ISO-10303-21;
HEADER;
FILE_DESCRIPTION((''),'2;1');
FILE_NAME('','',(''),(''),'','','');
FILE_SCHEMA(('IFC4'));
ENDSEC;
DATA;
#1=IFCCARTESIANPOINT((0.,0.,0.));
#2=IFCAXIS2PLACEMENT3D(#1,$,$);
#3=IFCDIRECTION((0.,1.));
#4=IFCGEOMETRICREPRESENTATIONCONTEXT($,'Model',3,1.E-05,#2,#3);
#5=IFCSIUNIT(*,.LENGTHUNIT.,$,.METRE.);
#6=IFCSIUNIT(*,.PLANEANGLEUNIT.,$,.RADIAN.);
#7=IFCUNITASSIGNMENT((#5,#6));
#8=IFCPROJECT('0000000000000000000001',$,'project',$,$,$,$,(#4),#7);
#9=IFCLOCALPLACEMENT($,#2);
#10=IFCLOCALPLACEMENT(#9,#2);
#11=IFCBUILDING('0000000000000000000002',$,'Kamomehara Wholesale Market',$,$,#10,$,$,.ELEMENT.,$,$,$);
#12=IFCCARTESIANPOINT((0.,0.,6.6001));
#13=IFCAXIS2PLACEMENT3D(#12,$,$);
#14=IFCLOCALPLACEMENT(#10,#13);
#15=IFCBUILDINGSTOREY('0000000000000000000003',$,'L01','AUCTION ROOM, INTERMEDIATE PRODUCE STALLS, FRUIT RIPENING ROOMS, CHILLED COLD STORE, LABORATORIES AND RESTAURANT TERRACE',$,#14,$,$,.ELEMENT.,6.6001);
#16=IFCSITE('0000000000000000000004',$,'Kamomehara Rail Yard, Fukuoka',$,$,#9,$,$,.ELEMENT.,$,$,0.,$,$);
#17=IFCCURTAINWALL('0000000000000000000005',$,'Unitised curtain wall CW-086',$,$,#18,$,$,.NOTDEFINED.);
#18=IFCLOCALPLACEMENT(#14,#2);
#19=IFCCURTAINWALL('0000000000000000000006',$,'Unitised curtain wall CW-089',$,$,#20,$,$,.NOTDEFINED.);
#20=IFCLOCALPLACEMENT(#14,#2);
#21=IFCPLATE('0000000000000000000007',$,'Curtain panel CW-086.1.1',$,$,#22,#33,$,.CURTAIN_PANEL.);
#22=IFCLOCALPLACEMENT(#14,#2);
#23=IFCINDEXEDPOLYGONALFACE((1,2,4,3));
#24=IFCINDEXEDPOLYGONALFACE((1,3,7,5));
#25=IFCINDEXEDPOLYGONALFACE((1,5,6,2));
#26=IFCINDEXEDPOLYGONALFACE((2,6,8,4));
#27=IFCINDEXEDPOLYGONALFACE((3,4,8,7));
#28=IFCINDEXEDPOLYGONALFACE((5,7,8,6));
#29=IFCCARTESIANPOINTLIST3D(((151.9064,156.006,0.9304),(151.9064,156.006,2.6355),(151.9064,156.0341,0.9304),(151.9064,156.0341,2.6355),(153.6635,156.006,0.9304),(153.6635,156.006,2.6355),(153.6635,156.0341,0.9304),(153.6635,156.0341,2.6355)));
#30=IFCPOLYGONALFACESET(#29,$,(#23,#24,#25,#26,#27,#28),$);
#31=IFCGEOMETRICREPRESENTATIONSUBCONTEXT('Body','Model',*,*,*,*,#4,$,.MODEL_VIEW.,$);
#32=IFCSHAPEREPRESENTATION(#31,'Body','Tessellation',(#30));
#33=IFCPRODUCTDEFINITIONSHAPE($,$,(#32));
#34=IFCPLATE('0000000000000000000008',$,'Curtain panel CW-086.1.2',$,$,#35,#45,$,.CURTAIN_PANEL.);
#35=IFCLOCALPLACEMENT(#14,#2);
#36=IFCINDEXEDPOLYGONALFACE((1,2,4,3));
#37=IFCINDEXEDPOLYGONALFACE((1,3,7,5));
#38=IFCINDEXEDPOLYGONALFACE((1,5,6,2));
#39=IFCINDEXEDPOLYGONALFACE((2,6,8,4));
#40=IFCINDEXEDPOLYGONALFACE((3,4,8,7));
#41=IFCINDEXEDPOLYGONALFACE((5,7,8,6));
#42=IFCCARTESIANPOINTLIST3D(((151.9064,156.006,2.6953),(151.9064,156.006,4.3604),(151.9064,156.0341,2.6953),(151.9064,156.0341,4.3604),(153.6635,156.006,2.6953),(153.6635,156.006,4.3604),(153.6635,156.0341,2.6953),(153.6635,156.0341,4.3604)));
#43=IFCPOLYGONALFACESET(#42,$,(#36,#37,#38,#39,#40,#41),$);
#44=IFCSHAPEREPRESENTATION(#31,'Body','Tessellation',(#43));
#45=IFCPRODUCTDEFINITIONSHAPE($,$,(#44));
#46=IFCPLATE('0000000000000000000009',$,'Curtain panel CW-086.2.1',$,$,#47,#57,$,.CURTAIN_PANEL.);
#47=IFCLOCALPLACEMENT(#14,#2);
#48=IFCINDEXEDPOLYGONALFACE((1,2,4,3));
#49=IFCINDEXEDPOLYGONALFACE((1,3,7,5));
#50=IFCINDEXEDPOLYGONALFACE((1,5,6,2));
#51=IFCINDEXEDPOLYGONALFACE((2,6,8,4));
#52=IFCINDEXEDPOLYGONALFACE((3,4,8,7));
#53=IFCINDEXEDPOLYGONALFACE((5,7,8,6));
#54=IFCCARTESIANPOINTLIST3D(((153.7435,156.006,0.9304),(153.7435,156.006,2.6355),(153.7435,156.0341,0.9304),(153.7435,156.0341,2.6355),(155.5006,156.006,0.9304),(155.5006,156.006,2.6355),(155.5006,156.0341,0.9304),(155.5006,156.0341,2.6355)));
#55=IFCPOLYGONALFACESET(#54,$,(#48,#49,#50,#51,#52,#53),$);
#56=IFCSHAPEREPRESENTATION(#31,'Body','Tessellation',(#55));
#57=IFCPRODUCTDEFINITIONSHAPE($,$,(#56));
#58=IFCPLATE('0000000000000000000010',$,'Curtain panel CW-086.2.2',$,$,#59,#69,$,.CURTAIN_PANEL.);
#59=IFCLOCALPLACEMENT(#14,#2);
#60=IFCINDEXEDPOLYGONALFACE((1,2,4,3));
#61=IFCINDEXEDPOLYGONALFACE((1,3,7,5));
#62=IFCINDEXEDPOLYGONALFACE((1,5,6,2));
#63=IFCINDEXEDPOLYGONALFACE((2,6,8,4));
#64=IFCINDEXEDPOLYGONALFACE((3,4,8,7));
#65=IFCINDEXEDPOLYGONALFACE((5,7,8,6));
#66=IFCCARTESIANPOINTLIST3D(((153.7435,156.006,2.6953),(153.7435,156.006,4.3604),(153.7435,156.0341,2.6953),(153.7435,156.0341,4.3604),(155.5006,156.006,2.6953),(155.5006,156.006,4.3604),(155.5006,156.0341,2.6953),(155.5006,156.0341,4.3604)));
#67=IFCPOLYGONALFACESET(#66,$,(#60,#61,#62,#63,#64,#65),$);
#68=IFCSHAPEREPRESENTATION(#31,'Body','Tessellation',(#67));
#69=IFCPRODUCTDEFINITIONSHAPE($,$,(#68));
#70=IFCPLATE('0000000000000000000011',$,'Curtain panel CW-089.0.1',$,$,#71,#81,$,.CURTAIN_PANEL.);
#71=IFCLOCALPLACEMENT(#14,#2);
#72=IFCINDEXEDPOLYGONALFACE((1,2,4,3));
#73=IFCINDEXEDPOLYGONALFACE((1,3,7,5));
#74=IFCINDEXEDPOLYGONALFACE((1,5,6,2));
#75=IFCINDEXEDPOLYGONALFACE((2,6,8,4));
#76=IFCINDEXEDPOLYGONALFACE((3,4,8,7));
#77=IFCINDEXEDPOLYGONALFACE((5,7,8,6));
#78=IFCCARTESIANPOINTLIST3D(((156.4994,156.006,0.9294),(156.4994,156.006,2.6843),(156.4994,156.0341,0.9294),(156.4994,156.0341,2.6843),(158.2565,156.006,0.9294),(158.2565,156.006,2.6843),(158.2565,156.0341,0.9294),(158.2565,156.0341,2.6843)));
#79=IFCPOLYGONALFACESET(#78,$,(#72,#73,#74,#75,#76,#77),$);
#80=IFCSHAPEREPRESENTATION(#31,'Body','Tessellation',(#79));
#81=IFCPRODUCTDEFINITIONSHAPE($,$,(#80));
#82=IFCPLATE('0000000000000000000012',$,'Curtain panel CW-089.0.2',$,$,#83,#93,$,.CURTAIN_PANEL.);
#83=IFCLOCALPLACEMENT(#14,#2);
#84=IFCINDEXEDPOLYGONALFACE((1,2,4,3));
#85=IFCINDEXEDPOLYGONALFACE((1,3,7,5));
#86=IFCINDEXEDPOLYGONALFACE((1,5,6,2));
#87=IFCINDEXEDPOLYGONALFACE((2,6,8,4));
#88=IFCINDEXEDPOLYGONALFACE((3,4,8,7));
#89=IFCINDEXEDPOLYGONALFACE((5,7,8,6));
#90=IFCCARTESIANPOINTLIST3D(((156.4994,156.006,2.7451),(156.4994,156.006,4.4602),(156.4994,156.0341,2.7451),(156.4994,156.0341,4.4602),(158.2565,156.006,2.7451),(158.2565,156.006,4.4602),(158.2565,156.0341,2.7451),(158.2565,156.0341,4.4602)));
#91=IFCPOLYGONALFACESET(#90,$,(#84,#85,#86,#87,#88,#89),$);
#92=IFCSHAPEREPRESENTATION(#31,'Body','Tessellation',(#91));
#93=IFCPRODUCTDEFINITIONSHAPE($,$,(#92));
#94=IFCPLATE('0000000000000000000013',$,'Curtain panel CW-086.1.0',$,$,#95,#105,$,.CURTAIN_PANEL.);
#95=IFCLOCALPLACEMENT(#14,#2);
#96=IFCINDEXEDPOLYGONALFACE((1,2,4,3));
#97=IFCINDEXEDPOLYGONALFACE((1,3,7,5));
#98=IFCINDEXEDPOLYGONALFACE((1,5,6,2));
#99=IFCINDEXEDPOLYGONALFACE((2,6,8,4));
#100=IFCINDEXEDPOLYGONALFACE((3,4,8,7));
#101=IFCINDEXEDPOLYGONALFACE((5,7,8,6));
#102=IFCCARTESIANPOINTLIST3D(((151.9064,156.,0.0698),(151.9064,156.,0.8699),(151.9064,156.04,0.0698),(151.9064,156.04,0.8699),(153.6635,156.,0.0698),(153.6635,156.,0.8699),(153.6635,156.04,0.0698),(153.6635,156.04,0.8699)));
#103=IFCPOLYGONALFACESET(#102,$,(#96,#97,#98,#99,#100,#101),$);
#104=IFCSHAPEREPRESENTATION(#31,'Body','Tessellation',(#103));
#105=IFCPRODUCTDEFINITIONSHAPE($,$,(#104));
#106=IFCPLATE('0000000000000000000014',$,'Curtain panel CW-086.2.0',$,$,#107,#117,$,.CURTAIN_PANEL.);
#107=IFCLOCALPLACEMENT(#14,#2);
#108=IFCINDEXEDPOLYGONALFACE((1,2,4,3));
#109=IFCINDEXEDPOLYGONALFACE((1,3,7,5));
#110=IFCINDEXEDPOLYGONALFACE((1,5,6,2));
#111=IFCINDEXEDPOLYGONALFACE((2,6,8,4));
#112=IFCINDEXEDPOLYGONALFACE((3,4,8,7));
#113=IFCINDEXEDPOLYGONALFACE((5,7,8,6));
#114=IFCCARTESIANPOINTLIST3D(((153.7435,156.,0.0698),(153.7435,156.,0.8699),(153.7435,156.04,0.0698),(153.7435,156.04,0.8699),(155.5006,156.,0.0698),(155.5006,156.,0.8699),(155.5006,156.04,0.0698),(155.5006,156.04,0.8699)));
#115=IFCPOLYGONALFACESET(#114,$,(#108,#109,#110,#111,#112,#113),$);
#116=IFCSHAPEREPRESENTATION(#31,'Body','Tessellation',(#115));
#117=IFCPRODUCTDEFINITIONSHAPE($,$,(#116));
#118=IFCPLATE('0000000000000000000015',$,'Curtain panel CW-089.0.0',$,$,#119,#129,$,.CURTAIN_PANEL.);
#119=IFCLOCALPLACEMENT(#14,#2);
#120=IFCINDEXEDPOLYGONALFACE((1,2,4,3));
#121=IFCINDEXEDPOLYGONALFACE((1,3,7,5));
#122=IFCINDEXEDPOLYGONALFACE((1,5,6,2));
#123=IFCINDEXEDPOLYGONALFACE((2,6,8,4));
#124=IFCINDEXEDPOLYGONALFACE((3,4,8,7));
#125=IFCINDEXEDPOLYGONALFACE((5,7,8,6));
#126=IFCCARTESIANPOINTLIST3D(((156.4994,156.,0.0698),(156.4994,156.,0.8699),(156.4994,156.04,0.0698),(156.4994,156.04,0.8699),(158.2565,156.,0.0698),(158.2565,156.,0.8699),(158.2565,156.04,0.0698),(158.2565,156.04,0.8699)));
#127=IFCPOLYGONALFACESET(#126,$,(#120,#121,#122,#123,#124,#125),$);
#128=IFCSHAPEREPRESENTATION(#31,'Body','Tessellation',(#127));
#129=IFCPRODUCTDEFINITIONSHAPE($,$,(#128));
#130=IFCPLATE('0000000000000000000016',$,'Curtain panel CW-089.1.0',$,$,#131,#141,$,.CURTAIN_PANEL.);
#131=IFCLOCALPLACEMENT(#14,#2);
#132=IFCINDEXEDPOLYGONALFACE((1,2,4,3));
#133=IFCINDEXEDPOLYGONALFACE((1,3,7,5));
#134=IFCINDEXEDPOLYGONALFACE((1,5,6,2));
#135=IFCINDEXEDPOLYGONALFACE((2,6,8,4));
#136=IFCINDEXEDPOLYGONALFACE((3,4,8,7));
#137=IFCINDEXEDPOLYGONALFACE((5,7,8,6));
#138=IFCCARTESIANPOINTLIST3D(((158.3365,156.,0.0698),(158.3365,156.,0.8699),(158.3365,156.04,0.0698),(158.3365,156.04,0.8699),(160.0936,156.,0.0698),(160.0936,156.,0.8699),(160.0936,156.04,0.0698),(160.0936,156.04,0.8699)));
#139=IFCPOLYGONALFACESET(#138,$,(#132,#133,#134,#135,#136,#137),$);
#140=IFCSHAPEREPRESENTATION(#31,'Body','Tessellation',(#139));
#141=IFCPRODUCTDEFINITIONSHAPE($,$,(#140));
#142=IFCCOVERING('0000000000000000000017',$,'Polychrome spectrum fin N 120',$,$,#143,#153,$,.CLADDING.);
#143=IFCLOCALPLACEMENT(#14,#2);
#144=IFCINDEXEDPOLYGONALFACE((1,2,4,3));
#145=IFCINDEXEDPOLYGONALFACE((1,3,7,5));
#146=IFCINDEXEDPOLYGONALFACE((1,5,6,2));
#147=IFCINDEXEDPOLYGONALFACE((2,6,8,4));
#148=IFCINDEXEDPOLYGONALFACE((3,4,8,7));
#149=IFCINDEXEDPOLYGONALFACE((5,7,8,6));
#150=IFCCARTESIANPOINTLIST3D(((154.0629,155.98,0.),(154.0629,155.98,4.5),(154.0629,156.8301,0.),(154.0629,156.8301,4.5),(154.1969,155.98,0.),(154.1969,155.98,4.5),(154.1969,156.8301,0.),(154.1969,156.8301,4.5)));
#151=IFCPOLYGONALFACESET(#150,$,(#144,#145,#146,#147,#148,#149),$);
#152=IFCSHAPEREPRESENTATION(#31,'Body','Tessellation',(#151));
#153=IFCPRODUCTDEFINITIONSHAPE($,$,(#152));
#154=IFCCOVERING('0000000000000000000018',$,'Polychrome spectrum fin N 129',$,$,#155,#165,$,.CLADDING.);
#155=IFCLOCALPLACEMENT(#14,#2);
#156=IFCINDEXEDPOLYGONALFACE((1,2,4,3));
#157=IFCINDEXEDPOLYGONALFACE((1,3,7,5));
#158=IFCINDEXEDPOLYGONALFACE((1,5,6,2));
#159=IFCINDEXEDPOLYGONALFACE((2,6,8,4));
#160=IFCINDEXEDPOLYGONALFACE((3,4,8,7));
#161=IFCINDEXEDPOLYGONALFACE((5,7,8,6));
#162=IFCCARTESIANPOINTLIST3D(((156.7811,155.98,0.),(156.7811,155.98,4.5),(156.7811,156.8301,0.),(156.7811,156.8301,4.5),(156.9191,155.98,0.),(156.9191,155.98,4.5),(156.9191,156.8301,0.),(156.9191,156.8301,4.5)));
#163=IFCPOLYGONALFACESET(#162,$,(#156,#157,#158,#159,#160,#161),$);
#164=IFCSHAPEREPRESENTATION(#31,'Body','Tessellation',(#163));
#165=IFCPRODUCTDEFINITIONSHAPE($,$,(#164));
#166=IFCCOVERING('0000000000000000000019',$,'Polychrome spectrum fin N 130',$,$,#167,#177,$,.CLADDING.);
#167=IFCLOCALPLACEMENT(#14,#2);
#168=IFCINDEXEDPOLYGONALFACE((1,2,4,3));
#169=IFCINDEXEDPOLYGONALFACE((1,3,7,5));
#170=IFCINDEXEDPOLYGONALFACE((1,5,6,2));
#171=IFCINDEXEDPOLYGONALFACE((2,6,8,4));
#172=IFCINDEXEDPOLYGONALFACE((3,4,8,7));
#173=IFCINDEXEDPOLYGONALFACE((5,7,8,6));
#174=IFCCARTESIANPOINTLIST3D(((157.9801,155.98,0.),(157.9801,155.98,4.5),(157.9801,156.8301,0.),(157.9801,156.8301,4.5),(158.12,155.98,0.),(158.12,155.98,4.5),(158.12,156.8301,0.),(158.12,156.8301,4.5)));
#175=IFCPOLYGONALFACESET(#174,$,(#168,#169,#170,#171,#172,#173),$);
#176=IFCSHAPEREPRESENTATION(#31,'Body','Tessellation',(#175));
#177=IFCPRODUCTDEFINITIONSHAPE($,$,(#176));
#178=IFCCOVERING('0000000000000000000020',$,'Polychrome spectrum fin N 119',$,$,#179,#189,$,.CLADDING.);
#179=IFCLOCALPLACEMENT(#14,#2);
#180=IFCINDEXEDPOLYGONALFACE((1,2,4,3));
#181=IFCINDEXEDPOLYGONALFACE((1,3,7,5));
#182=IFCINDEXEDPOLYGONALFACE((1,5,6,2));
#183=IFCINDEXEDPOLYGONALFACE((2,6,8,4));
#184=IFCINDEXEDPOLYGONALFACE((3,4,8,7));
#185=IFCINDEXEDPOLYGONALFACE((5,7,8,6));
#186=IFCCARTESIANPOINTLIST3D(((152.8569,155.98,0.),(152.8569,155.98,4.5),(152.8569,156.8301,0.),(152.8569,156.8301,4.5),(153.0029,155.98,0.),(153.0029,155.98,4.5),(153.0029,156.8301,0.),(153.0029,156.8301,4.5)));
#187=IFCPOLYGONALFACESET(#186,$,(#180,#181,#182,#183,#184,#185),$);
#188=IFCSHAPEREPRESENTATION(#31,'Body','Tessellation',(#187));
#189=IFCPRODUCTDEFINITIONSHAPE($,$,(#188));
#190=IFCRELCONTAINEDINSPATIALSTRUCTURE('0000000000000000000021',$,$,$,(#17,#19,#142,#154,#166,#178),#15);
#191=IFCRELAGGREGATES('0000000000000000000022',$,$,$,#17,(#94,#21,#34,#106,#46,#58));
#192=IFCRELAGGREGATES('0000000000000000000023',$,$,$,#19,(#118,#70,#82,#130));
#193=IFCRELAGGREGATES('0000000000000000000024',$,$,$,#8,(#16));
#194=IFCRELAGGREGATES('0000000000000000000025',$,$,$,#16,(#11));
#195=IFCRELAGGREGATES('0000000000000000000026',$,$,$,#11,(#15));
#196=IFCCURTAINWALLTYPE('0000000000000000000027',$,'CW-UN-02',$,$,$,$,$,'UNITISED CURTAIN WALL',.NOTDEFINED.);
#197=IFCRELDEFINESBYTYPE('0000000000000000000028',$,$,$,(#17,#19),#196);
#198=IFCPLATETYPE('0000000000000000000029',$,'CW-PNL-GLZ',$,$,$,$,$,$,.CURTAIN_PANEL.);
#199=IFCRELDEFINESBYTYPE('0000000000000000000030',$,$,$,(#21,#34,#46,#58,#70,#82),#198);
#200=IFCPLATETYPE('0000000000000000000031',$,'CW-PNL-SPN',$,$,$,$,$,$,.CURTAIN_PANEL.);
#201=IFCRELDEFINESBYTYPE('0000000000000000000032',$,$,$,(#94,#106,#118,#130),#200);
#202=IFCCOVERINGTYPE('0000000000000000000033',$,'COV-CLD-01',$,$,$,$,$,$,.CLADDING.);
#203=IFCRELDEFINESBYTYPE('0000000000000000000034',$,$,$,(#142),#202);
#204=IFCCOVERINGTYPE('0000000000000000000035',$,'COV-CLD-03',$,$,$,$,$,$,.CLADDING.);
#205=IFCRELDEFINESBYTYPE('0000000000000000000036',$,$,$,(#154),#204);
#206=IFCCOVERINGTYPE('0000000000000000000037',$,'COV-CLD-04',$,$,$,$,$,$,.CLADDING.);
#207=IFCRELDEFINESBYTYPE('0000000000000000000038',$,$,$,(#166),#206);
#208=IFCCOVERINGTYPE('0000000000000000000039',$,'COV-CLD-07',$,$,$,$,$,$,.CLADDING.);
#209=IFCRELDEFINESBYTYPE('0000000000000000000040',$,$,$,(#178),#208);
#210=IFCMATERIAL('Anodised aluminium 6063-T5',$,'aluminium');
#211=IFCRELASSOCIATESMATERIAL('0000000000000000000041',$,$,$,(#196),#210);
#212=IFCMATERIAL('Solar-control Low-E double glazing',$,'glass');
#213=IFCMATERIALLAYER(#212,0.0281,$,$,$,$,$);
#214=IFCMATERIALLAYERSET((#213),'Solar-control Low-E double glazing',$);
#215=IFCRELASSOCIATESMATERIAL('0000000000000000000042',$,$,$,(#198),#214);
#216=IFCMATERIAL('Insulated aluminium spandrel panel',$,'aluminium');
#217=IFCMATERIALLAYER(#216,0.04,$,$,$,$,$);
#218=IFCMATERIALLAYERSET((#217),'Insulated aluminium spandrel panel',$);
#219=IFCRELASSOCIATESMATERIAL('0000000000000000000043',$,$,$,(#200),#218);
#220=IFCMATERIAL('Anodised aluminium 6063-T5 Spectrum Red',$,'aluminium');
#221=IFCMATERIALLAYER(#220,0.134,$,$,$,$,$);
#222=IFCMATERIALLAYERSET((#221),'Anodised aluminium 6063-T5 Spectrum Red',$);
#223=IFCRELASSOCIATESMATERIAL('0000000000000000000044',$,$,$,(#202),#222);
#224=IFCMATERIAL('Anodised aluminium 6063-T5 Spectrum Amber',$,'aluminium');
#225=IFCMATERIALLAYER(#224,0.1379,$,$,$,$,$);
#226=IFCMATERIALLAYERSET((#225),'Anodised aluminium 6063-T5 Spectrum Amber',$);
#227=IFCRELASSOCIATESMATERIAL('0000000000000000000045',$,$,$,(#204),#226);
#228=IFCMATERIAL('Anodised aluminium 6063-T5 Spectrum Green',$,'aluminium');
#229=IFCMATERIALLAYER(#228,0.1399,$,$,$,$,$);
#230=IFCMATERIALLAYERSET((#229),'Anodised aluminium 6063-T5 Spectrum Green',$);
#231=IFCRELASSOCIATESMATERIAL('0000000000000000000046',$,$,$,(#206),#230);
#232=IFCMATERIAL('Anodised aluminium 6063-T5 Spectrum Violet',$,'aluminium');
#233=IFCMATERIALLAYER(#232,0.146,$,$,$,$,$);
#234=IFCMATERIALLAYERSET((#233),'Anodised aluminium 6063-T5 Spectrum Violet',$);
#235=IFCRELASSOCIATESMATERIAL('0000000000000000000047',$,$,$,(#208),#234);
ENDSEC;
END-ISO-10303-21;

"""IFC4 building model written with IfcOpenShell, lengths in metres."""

from ifc_helpers import new_model, si_unit, direction, frame, origin, origin_2d, place, context, subcontext, project, spatial, rectangle, extrude, material, layer, layer_set, type_object, element, aggregate, save


model = new_model("IFC4")

# Units and contexts
model_context = context("Model", 3, precision=1e-05, world=origin(), true_north=direction((0.0, 1.0)))
body_context = subcontext(model_context, "Body", "Model", "MODEL_VIEW")
ifc_project = project(units=[si_unit("LENGTHUNIT", "METRE"), si_unit("PLANEANGLEUNIT", "RADIAN")], contexts=[model_context])

# Site, building, storey
site_placement = place(None, origin())
site = spatial("IfcSite", under=ifc_project, at=site_placement, Name="Kamomehara Rail Yard, Fukuoka", CompositionType="ELEMENT", RefElevation=0.0)
building_placement = place(site_placement, origin())
building = spatial("IfcBuilding", under=site, at=building_placement, Name="Kamomehara Wholesale Market", CompositionType="ELEMENT")
storey_placement = place(building_placement, frame((0.0, 0.0, 6.6001)))
storey = spatial("IfcBuildingStorey", under=building, at=storey_placement, Name="L01", Description="AUCTION ROOM, INTERMEDIATE PRODUCE STALLS, FRUIT RIPENING ROOMS, CHILLED COLD STORE, LABORATORIES AND RESTAURANT TERRACE", CompositionType="ELEMENT", Elevation=6.6001)

# Curtain walls
ifc_material_1 = material(Name="Anodised aluminium 6063-T5", Category="aluminium")
curtain_wall_type = type_object("IfcCurtainWallType", Name="CW-UN-02", ElementType="UNITISED CURTAIN WALL", PredefinedType="NOTDEFINED", material=ifc_material_1)
curtain_wall_1_placement = place(storey_placement, origin())
curtain_wall_1 = element("IfcCurtainWall", 1, at=curtain_wall_1_placement, inside=storey, type_object=curtain_wall_type, Name="Unitised curtain wall CW-086", PredefinedType="NOTDEFINED")
curtain_wall_2_placement = place(storey_placement, origin())
curtain_wall_2 = element("IfcCurtainWall", 2, at=curtain_wall_2_placement, inside=storey, type_object=curtain_wall_type, Name="Unitised curtain wall CW-089", PredefinedType="NOTDEFINED")

# Plates
ifc_material_2 = material(Name="Solar-control Low-E double glazing", Category="glass")
ifc_layer_1 = layer(ifc_material_2, 0.0281)
ifc_layer_set_1 = layer_set([ifc_layer_1], Name="Solar-control Low-E double glazing")
plate_type_1 = type_object("IfcPlateType", Name="CW-PNL-GLZ", PredefinedType="CURTAIN_PANEL", material=ifc_layer_set_1)
plate_1_placement = place(storey_placement, frame((152.7849, 156.02, 0.9304), z_axis=(0.0, 0.0, 1.0), x_axis=(1.0, 0.0, 0.0)))
plate_1 = element("IfcPlate", 3, at=plate_1_placement, type_object=plate_type_1, Name="Curtain panel CW-086.1.1", PredefinedType="CURTAIN_PANEL", context=body_context, shape_type="SweptSolid", body=[
    extrude(rectangle(XDim=1.7571, YDim=0.0281, at=origin_2d()), origin(), (0.0, 0.0, 1.0), 1.7051),
])
plate_2_placement = place(storey_placement, frame((152.7849, 156.02, 2.6953), z_axis=(0.0, 0.0, 1.0), x_axis=(1.0, 0.0, 0.0)))
plate_2 = element("IfcPlate", 4, at=plate_2_placement, type_object=plate_type_1, Name="Curtain panel CW-086.1.2", PredefinedType="CURTAIN_PANEL", context=body_context, shape_type="SweptSolid", body=[
    extrude(rectangle(XDim=1.7571, YDim=0.0281, at=origin_2d()), origin(), (0.0, 0.0, 1.0), 1.665),
])
plate_3_placement = place(storey_placement, frame((154.6221, 156.02, 0.9304), z_axis=(0.0, 0.0, 1.0), x_axis=(1.0, 0.0, 0.0)))
plate_3 = element("IfcPlate", 5, at=plate_3_placement, type_object=plate_type_1, Name="Curtain panel CW-086.2.1", PredefinedType="CURTAIN_PANEL", context=body_context, shape_type="SweptSolid", body=[
    extrude(rectangle(XDim=1.7571, YDim=0.0281, at=origin_2d()), origin(), (0.0, 0.0, 1.0), 1.7051),
])
plate_4_placement = place(storey_placement, frame((154.6221, 156.02, 2.6953), z_axis=(0.0, 0.0, 1.0), x_axis=(1.0, 0.0, 0.0)))
plate_4 = element("IfcPlate", 6, at=plate_4_placement, type_object=plate_type_1, Name="Curtain panel CW-086.2.2", PredefinedType="CURTAIN_PANEL", context=body_context, shape_type="SweptSolid", body=[
    extrude(rectangle(XDim=1.7571, YDim=0.0281, at=origin_2d()), origin(), (0.0, 0.0, 1.0), 1.665),
])
plate_5_placement = place(storey_placement, frame((157.3779, 156.02, 0.9294), z_axis=(0.0, 0.0, 1.0), x_axis=(1.0, 0.0, 0.0)))
plate_5 = element("IfcPlate", 7, at=plate_5_placement, type_object=plate_type_1, Name="Curtain panel CW-089.0.1", PredefinedType="CURTAIN_PANEL", context=body_context, shape_type="SweptSolid", body=[
    extrude(rectangle(XDim=1.7571, YDim=0.0281, at=origin_2d()), origin(), (0.0, 0.0, 1.0), 1.7549),
])
plate_6_placement = place(storey_placement, frame((157.3779, 156.02, 2.7451), z_axis=(0.0, 0.0, 1.0), x_axis=(1.0, 0.0, 0.0)))
plate_6 = element("IfcPlate", 8, at=plate_6_placement, type_object=plate_type_1, Name="Curtain panel CW-089.0.2", PredefinedType="CURTAIN_PANEL", context=body_context, shape_type="SweptSolid", body=[
    extrude(rectangle(XDim=1.7571, YDim=0.0281, at=origin_2d()), origin(), (0.0, 0.0, 1.0), 1.7151),
])
ifc_material_3 = material(Name="Insulated aluminium spandrel panel", Category="aluminium")
ifc_layer_2 = layer(ifc_material_3, 0.04)
ifc_layer_set_2 = layer_set([ifc_layer_2], Name="Insulated aluminium spandrel panel")
plate_type_2 = type_object("IfcPlateType", Name="CW-PNL-SPN", PredefinedType="CURTAIN_PANEL", material=ifc_layer_set_2)
plate_7_placement = place(storey_placement, frame((152.7849, 156.02, 0.0698), z_axis=(0.0, 0.0, 1.0), x_axis=(1.0, 0.0, 0.0)))
plate_7 = element("IfcPlate", 9, at=plate_7_placement, type_object=plate_type_2, Name="Curtain panel CW-086.1.0", PredefinedType="CURTAIN_PANEL", context=body_context, shape_type="SweptSolid", body=[
    extrude(rectangle(XDim=1.7571, YDim=0.04, at=origin_2d()), origin(), (0.0, 0.0, 1.0), 0.8),
])
plate_8_placement = place(storey_placement, frame((154.6221, 156.02, 0.0698), z_axis=(0.0, 0.0, 1.0), x_axis=(1.0, 0.0, 0.0)))
plate_8 = element("IfcPlate", 10, at=plate_8_placement, type_object=plate_type_2, Name="Curtain panel CW-086.2.0", PredefinedType="CURTAIN_PANEL", context=body_context, shape_type="SweptSolid", body=[
    extrude(rectangle(XDim=1.7571, YDim=0.04, at=origin_2d()), origin(), (0.0, 0.0, 1.0), 0.8),
])
aggregate(curtain_wall_1, [plate_7, plate_1, plate_2, plate_8, plate_3, plate_4])
plate_9_placement = place(storey_placement, frame((157.3779, 156.02, 0.0698), z_axis=(0.0, 0.0, 1.0), x_axis=(1.0, 0.0, 0.0)))
plate_9 = element("IfcPlate", 11, at=plate_9_placement, type_object=plate_type_2, Name="Curtain panel CW-089.0.0", PredefinedType="CURTAIN_PANEL", context=body_context, shape_type="SweptSolid", body=[
    extrude(rectangle(XDim=1.7571, YDim=0.04, at=origin_2d()), origin(), (0.0, 0.0, 1.0), 0.8),
])
plate_10_placement = place(storey_placement, frame((159.2151, 156.02, 0.0698), z_axis=(0.0, 0.0, 1.0), x_axis=(1.0, 0.0, 0.0)))
plate_10 = element("IfcPlate", 12, at=plate_10_placement, type_object=plate_type_2, Name="Curtain panel CW-089.1.0", PredefinedType="CURTAIN_PANEL", context=body_context, shape_type="SweptSolid", body=[
    extrude(rectangle(XDim=1.7571, YDim=0.04, at=origin_2d()), origin(), (0.0, 0.0, 1.0), 0.8),
])
aggregate(curtain_wall_2, [plate_9, plate_5, plate_6, plate_10])

# Coverings
ifc_material_4 = material(Name="Anodised aluminium 6063-T5 Spectrum Red", Category="aluminium")
ifc_layer_3 = layer(ifc_material_4, 0.134)
ifc_layer_set_3 = layer_set([ifc_layer_3], Name="Anodised aluminium 6063-T5 Spectrum Red")
covering_type_1 = type_object("IfcCoveringType", Name="COV-CLD-01", PredefinedType="CLADDING", material=ifc_layer_set_3)
covering_1_placement = place(storey_placement, frame((154.1299, 156.405, 0.0), z_axis=(0.0, 0.0, 1.0), x_axis=(1.0, 0.0, 0.0)))
element("IfcCovering", 13, at=covering_1_placement, inside=storey, type_object=covering_type_1, Name="Polychrome spectrum fin N 120", PredefinedType="CLADDING", context=body_context, shape_type="SweptSolid", body=[
    extrude(rectangle(XDim=0.134, YDim=0.8501, at=origin_2d()), origin(), (0.0, 0.0, 1.0), 4.5),
])
ifc_material_5 = material(Name="Anodised aluminium 6063-T5 Spectrum Amber", Category="aluminium")
ifc_layer_4 = layer(ifc_material_5, 0.1379)
ifc_layer_set_4 = layer_set([ifc_layer_4], Name="Anodised aluminium 6063-T5 Spectrum Amber")
covering_type_2 = type_object("IfcCoveringType", Name="COV-CLD-03", PredefinedType="CLADDING", material=ifc_layer_set_4)
covering_2_placement = place(storey_placement, frame((156.8501, 156.405, 0.0), z_axis=(0.0, 0.0, 1.0), x_axis=(1.0, 0.0, 0.0)))
element("IfcCovering", 14, at=covering_2_placement, inside=storey, type_object=covering_type_2, Name="Polychrome spectrum fin N 129", PredefinedType="CLADDING", context=body_context, shape_type="SweptSolid", body=[
    extrude(rectangle(XDim=0.1379, YDim=0.8501, at=origin_2d()), origin(), (0.0, 0.0, 1.0), 4.5),
])
ifc_material_6 = material(Name="Anodised aluminium 6063-T5 Spectrum Green", Category="aluminium")
ifc_layer_5 = layer(ifc_material_6, 0.1399)
ifc_layer_set_5 = layer_set([ifc_layer_5], Name="Anodised aluminium 6063-T5 Spectrum Green")
covering_type_3 = type_object("IfcCoveringType", Name="COV-CLD-04", PredefinedType="CLADDING", material=ifc_layer_set_5)
covering_3_placement = place(storey_placement, frame((158.05, 156.405, 0.0), z_axis=(0.0, 0.0, 1.0), x_axis=(1.0, 0.0, 0.0)))
element("IfcCovering", 15, at=covering_3_placement, inside=storey, type_object=covering_type_3, Name="Polychrome spectrum fin N 130", PredefinedType="CLADDING", context=body_context, shape_type="SweptSolid", body=[
    extrude(rectangle(XDim=0.1399, YDim=0.8501, at=origin_2d()), origin(), (0.0, 0.0, 1.0), 4.5),
])
ifc_material_7 = material(Name="Anodised aluminium 6063-T5 Spectrum Violet", Category="aluminium")
ifc_layer_6 = layer(ifc_material_7, 0.146)
ifc_layer_set_6 = layer_set([ifc_layer_6], Name="Anodised aluminium 6063-T5 Spectrum Violet")
covering_type_4 = type_object("IfcCoveringType", Name="COV-CLD-07", PredefinedType="CLADDING", material=ifc_layer_set_6)
covering_4_placement = place(storey_placement, frame((152.9299, 156.405, 0.0), z_axis=(0.0, 0.0, 1.0), x_axis=(1.0, 0.0, 0.0)))
element("IfcCovering", 16, at=covering_4_placement, inside=storey, type_object=covering_type_4, Name="Polychrome spectrum fin N 119", PredefinedType="CLADDING", context=body_context, shape_type="SweptSolid", body=[
    extrude(rectangle(XDim=0.146, YDim=0.8501, at=origin_2d()), origin(), (0.0, 0.0, 1.0), 4.5),
])

save(model, "model.ifc")
